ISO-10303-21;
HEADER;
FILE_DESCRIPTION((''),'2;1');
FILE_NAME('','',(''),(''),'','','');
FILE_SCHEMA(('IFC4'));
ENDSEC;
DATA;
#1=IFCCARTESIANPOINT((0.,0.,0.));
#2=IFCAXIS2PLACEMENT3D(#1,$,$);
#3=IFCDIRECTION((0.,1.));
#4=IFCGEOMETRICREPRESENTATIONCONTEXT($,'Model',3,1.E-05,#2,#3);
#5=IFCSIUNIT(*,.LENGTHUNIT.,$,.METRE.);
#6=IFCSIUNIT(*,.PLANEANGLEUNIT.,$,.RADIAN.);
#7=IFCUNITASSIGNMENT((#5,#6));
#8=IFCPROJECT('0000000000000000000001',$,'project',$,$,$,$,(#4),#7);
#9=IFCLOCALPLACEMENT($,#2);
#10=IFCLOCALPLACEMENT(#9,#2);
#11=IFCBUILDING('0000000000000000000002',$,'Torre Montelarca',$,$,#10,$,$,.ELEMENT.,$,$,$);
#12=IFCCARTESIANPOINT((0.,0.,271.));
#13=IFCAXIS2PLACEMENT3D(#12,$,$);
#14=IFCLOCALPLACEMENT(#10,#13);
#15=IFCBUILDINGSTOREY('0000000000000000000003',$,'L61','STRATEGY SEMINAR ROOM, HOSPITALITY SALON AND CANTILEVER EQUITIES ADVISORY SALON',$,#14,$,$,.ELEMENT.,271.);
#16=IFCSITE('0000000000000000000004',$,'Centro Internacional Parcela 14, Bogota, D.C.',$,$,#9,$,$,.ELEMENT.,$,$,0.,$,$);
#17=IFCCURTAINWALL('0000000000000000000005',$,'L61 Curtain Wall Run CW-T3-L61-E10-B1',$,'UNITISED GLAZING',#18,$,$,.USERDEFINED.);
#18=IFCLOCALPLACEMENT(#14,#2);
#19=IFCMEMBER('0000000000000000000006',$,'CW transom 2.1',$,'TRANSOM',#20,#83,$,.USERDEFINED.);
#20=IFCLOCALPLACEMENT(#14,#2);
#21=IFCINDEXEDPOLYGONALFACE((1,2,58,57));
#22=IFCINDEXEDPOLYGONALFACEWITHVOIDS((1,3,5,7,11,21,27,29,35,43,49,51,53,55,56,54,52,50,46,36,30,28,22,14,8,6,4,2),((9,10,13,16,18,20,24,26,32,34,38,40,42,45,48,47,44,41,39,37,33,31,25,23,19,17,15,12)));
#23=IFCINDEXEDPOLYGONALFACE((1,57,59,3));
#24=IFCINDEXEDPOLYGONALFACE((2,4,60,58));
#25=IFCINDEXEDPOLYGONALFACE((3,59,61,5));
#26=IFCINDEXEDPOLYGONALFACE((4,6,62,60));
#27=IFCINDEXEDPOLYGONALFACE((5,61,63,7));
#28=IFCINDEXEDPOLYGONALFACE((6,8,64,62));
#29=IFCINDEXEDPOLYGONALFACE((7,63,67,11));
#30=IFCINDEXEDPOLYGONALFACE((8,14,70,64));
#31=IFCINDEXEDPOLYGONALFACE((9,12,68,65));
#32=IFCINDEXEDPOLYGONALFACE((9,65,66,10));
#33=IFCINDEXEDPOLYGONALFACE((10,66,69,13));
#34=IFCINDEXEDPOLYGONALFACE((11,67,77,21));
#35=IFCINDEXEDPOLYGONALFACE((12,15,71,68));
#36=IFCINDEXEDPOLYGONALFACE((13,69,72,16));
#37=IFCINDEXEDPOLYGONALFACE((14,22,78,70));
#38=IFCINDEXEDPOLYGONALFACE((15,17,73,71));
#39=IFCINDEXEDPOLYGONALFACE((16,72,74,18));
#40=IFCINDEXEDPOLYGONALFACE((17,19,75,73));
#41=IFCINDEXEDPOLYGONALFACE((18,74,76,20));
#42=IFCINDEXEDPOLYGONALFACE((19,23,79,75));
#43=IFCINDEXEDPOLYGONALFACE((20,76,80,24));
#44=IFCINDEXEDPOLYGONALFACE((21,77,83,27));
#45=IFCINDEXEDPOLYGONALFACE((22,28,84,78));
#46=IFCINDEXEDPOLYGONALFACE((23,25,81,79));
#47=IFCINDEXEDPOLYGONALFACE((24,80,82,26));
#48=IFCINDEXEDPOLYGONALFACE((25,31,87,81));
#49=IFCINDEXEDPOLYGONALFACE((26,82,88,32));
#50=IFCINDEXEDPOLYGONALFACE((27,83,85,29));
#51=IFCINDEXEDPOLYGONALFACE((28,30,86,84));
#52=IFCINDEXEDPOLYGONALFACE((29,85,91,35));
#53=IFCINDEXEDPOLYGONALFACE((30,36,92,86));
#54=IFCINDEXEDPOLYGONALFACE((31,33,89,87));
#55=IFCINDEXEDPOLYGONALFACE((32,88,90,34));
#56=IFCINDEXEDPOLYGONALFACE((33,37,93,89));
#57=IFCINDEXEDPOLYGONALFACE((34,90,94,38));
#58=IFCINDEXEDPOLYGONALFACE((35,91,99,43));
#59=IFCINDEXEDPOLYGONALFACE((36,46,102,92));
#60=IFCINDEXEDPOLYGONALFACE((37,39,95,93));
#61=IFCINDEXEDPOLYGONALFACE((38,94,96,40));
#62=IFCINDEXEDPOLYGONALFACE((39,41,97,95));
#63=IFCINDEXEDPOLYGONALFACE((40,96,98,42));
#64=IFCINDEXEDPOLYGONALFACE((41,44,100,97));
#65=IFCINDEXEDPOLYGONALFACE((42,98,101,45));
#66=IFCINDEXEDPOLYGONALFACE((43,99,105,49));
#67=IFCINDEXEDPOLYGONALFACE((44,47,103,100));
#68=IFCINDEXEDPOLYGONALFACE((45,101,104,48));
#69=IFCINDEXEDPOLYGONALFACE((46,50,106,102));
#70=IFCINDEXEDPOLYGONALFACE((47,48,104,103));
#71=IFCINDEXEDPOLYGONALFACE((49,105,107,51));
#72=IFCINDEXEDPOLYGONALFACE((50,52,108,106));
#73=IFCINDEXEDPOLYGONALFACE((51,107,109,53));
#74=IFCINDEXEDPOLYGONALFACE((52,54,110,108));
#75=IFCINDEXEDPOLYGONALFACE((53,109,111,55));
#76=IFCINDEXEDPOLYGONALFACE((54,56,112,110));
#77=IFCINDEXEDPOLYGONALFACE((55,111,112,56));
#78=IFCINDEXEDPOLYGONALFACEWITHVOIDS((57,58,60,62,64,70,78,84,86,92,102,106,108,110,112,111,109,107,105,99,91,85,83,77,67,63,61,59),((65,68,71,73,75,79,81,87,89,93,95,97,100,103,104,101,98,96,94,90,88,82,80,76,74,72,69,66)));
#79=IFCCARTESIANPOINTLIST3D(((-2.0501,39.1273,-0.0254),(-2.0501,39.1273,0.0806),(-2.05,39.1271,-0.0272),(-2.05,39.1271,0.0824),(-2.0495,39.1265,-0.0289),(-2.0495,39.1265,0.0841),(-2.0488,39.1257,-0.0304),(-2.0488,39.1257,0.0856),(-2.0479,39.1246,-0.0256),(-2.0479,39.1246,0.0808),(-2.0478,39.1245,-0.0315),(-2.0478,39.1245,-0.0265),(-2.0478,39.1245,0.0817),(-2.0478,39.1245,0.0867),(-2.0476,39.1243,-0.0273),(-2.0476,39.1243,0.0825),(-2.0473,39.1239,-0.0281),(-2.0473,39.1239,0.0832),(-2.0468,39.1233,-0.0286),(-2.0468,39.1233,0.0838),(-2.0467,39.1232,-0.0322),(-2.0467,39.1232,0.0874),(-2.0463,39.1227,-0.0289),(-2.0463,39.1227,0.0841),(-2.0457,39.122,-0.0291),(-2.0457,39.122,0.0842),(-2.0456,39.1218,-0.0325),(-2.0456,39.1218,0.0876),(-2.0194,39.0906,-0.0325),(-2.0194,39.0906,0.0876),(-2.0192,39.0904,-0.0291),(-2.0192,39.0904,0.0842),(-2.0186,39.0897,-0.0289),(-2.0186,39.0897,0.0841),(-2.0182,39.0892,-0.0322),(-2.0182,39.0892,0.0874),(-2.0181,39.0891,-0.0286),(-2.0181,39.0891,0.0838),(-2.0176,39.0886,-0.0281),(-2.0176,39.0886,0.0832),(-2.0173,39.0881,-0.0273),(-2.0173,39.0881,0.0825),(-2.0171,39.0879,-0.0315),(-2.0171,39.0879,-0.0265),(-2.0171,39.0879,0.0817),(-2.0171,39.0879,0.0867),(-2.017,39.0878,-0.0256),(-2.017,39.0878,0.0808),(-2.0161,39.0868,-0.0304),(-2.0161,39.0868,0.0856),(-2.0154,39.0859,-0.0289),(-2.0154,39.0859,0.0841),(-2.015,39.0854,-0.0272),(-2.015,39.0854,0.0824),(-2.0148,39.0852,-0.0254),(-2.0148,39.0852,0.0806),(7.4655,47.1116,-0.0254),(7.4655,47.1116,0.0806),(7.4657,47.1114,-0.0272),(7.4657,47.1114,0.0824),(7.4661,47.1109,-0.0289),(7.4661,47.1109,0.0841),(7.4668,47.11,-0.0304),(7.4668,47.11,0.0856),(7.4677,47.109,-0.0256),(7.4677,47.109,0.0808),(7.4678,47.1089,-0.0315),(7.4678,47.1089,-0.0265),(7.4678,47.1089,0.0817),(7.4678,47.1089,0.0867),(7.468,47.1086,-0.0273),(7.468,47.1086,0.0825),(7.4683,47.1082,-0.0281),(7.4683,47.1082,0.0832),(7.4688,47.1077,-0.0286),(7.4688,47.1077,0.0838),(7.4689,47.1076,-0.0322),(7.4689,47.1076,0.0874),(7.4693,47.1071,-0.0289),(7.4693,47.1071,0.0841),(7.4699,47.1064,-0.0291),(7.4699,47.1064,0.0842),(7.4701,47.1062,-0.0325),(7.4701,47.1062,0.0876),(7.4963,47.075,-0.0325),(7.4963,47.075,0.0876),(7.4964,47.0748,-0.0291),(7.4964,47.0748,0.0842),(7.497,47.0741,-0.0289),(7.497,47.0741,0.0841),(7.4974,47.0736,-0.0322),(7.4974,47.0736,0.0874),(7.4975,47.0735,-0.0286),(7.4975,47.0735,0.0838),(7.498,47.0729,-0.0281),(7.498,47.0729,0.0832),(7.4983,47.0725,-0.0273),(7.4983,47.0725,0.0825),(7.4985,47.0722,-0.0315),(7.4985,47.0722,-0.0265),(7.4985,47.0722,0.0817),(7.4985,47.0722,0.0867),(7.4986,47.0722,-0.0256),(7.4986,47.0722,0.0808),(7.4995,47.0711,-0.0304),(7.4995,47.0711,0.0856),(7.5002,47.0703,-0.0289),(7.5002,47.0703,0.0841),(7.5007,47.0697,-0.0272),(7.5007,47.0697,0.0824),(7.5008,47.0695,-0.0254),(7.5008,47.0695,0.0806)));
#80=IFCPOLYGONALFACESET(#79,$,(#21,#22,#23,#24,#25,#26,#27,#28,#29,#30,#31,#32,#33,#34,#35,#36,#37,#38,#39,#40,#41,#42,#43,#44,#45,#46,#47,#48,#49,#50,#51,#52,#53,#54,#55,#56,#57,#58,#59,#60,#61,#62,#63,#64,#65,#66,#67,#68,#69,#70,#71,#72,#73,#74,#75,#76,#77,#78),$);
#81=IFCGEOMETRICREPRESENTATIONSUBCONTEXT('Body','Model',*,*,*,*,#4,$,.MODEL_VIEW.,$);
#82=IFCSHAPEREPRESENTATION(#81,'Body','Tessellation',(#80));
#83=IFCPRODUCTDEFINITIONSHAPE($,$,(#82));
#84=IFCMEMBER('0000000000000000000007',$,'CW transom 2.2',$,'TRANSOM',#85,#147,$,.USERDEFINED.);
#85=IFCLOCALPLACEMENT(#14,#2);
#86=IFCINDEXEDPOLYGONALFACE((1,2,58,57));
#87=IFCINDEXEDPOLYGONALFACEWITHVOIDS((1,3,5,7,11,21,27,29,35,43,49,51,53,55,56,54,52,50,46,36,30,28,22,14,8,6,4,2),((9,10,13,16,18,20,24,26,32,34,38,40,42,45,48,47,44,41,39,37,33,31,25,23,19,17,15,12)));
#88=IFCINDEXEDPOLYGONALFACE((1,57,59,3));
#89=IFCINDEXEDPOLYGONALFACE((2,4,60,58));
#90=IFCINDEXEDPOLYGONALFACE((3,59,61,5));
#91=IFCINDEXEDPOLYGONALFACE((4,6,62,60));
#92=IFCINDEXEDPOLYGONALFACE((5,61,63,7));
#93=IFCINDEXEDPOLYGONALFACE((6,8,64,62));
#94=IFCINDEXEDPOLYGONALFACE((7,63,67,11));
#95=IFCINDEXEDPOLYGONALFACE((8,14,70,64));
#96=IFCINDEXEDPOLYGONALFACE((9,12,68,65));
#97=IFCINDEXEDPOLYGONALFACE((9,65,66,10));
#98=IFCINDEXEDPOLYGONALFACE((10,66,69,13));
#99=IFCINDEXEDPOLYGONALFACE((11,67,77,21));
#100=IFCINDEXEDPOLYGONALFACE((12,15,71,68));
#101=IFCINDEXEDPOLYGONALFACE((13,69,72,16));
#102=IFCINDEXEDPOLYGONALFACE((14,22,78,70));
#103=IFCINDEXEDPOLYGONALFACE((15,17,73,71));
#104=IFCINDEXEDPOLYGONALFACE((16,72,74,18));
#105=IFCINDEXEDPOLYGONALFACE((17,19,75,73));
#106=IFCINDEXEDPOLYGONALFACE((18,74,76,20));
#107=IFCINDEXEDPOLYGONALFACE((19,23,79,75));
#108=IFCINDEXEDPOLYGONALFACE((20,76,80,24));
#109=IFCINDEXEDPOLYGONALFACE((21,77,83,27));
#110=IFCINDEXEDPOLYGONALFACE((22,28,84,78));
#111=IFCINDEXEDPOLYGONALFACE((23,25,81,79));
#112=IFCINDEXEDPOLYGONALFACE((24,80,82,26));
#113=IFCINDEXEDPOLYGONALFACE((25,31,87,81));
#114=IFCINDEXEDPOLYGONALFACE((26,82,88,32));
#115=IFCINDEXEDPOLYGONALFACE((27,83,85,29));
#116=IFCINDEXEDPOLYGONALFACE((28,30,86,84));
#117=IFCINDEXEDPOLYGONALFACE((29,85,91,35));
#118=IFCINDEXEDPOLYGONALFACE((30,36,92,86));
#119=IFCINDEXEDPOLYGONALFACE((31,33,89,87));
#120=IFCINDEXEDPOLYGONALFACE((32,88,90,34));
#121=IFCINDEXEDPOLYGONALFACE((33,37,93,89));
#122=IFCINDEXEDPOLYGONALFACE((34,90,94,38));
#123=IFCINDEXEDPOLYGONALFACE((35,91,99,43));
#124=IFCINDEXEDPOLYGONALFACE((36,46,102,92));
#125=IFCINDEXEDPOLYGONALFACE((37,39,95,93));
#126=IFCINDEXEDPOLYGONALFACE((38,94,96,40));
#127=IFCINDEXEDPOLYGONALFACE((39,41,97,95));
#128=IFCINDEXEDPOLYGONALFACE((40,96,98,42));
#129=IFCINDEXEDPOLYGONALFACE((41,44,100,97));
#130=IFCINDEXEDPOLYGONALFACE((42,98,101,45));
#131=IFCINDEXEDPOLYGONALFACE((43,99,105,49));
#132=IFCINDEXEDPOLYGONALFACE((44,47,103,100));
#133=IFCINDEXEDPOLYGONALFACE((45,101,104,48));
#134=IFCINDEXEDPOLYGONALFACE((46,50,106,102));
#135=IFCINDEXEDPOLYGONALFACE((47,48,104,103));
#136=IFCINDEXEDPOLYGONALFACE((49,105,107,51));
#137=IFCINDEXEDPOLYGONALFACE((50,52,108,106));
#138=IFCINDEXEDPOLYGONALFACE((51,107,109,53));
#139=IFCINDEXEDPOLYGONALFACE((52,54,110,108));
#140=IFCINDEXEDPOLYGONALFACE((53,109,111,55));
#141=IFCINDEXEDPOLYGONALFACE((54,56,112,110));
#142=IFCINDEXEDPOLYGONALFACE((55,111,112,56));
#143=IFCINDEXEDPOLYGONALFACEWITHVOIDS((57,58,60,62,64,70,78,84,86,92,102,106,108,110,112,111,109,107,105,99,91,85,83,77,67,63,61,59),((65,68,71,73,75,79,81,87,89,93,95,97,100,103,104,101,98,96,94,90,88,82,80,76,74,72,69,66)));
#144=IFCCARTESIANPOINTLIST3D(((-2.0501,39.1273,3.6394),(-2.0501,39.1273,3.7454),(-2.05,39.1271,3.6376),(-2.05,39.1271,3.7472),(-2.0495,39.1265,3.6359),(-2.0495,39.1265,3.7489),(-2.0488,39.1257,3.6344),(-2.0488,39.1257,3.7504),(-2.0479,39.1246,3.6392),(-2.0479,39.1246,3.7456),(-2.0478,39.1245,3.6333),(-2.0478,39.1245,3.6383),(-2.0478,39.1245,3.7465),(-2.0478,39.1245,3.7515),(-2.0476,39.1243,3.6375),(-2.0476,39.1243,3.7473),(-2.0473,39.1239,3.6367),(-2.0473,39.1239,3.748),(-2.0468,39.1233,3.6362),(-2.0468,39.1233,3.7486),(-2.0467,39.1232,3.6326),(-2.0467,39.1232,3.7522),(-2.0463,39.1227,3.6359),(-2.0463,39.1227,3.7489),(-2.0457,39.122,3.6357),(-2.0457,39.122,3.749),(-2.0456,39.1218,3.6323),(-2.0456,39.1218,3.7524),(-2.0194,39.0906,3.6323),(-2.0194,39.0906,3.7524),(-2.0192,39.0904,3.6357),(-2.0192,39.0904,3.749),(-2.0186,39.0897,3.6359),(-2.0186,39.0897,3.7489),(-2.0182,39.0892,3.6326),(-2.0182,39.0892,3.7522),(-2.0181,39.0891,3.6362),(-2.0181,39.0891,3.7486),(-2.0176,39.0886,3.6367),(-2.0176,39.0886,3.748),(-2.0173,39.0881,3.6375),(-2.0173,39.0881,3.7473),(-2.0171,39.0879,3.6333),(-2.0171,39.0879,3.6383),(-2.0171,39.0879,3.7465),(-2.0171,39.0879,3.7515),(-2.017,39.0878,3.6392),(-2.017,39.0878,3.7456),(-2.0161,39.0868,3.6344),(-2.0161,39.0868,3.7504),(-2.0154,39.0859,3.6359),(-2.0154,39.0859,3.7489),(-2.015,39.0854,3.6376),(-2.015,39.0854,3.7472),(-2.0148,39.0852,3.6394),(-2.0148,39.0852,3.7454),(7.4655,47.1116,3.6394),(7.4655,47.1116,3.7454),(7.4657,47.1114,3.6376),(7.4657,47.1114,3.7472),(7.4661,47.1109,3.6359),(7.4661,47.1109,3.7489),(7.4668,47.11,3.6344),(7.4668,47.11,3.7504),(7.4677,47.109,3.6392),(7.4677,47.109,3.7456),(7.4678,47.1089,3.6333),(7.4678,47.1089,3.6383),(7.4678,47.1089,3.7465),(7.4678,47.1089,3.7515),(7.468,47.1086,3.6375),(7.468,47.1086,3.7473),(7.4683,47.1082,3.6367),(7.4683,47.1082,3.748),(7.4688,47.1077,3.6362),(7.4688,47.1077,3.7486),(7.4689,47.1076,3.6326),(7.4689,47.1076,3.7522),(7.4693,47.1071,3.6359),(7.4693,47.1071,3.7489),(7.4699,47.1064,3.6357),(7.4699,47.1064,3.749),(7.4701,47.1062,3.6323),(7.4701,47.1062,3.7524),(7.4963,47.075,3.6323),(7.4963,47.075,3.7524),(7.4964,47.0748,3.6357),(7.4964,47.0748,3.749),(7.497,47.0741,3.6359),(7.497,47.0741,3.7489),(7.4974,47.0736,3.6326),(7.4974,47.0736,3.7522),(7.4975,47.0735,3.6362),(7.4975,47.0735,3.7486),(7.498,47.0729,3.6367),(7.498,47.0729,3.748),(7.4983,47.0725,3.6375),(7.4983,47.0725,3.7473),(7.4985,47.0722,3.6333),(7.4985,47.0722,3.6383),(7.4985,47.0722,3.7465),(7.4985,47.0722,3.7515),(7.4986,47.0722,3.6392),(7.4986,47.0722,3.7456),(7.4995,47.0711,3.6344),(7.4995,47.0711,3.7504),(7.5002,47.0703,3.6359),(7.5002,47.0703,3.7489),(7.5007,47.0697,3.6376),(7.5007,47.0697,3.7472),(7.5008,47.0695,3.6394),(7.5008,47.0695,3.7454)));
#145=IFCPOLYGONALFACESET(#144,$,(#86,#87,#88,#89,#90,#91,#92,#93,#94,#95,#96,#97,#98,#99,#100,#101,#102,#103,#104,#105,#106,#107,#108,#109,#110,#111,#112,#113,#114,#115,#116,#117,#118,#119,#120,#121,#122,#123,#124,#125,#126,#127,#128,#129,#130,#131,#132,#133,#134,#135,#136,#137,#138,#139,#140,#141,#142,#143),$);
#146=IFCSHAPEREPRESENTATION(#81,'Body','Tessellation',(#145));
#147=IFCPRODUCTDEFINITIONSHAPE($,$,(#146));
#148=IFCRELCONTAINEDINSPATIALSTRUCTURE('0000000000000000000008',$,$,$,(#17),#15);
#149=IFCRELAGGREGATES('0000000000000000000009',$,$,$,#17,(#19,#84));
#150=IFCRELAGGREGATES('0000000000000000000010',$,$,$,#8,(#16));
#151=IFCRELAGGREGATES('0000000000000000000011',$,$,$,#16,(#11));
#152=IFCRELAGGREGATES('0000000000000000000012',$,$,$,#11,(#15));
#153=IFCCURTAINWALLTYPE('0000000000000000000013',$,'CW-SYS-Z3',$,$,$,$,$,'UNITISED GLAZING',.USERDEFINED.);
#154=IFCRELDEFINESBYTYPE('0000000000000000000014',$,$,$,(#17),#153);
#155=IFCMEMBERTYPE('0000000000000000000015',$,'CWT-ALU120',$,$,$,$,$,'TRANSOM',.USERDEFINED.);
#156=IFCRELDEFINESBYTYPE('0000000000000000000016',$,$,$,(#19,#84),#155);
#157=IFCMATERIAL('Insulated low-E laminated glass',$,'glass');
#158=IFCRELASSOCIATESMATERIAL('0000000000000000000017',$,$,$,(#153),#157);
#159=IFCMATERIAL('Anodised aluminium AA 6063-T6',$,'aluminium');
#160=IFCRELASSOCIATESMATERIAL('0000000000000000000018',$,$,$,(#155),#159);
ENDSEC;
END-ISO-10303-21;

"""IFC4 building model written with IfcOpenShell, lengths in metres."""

from ifc_helpers import new_model, si_unit, direction, frame, origin, origin_2d, place, context, subcontext, project, spatial, hollow_rectangle, extrude, source, transform, mapped, material, material_profile, profile_set, type_object, element, aggregate, save


model = new_model("IFC4")

# Units and contexts
model_context = context("Model", 3, precision=1e-05, world=origin(), true_north=direction((0.0, 1.0)))
body_context = subcontext(model_context, "Body", "Model", "MODEL_VIEW")
ifc_project = project(units=[si_unit("LENGTHUNIT", "METRE"), si_unit("PLANEANGLEUNIT", "RADIAN")], contexts=[model_context])

# Site, building, storey
site_placement = place(None, origin())
site = spatial("IfcSite", under=ifc_project, at=site_placement, Name="Centro Internacional Parcela 14, Bogota, D.C.", CompositionType="ELEMENT", RefElevation=0.0)
building_placement = place(site_placement, origin())
building = spatial("IfcBuilding", under=site, at=building_placement, Name="Torre Montelarca", CompositionType="ELEMENT")
storey_placement = place(building_placement, frame((0.0, 0.0, 271.0)))
storey = spatial("IfcBuildingStorey", under=building, at=storey_placement, Name="L61", Description="STRATEGY SEMINAR ROOM, HOSPITALITY SALON AND CANTILEVER EQUITIES ADVISORY SALON", CompositionType="ELEMENT", Elevation=271.0)

# Curtain wall, members
ifc_material_1 = material(Name="Insulated low-E laminated glass", Category="glass")
curtain_wall_type = type_object("IfcCurtainWallType", Name="CW-SYS-Z3", ElementType="UNITISED GLAZING", PredefinedType="USERDEFINED", material=ifc_material_1)
ifc_material_2 = material(Name="Anodised aluminium AA 6063-T6", Category="aluminium")
ifc_material_profile_1 = material_profile(ifc_material_2, hollow_rectangle(XDim=0.0549, YDim=0.1201, WallThickness=0.0034, InnerFilletRadius=0.0034, OuterFilletRadius=0.0071, at=origin_2d()), Name="ALU55X120X3.5", Category="aluminium")
ifc_profile_set_1 = profile_set([ifc_material_profile_1], Name="Anodised aluminium AA 6063-T6")
member_type_1 = type_object("IfcMemberType", Name="CWT-ALU120", ElementType="TRANSOM", PredefinedType="USERDEFINED", material=ifc_profile_set_1)
curtain_wall_1_placement = place(storey_placement, origin())
curtain_wall_1 = element("IfcCurtainWall", 1, at=curtain_wall_1_placement, inside=storey, type_object=curtain_wall_type, Name="L61 Curtain Wall Run CW-T3-L61-E10-B1", ObjectType="UNITISED GLAZING", PredefinedType="USERDEFINED")
shared_shape_1 = source(origin(), body_context, "Body", "SweptSolid", [
    extrude(hollow_rectangle(XDim=0.0549, YDim=0.1201, WallThickness=0.0034, InnerFilletRadius=0.0034, OuterFilletRadius=0.0071, at=origin_2d()), origin(), (0.0, 0.0, 1.0), 12.4216),
])
member_1_placement = place(storey_placement, frame((7.4832, 47.0906, 0.0276), z_axis=(-0.766052, -0.642779, 0.0), x_axis=(0.642779, -0.766052, 0.0)))
member_1 = element("IfcMember", 2, at=member_1_placement, type_object=member_type_1, Name="CW transom 2.1", ObjectType="TRANSOM", PredefinedType="USERDEFINED", context=body_context, shape_type="MappedRepresentation", body=[
    mapped(shared_shape_1, transform((0.0, 0.0, 0.0), scale=1.0)),
])
member_2_placement = place(storey_placement, frame((7.4832, 47.0906, 3.6924), z_axis=(-0.766052, -0.642779, 0.0), x_axis=(0.642779, -0.766052, 0.0)))
member_2 = element("IfcMember", 3, at=member_2_placement, type_object=member_type_1, Name="CW transom 2.2", ObjectType="TRANSOM", PredefinedType="USERDEFINED", context=body_context, shape_type="MappedRepresentation", body=[
    mapped(shared_shape_1, transform((0.0, 0.0, 0.0), scale=1.0)),
])

aggregate(curtain_wall_1, [member_1, member_2])

save(model, "model.ifc")
